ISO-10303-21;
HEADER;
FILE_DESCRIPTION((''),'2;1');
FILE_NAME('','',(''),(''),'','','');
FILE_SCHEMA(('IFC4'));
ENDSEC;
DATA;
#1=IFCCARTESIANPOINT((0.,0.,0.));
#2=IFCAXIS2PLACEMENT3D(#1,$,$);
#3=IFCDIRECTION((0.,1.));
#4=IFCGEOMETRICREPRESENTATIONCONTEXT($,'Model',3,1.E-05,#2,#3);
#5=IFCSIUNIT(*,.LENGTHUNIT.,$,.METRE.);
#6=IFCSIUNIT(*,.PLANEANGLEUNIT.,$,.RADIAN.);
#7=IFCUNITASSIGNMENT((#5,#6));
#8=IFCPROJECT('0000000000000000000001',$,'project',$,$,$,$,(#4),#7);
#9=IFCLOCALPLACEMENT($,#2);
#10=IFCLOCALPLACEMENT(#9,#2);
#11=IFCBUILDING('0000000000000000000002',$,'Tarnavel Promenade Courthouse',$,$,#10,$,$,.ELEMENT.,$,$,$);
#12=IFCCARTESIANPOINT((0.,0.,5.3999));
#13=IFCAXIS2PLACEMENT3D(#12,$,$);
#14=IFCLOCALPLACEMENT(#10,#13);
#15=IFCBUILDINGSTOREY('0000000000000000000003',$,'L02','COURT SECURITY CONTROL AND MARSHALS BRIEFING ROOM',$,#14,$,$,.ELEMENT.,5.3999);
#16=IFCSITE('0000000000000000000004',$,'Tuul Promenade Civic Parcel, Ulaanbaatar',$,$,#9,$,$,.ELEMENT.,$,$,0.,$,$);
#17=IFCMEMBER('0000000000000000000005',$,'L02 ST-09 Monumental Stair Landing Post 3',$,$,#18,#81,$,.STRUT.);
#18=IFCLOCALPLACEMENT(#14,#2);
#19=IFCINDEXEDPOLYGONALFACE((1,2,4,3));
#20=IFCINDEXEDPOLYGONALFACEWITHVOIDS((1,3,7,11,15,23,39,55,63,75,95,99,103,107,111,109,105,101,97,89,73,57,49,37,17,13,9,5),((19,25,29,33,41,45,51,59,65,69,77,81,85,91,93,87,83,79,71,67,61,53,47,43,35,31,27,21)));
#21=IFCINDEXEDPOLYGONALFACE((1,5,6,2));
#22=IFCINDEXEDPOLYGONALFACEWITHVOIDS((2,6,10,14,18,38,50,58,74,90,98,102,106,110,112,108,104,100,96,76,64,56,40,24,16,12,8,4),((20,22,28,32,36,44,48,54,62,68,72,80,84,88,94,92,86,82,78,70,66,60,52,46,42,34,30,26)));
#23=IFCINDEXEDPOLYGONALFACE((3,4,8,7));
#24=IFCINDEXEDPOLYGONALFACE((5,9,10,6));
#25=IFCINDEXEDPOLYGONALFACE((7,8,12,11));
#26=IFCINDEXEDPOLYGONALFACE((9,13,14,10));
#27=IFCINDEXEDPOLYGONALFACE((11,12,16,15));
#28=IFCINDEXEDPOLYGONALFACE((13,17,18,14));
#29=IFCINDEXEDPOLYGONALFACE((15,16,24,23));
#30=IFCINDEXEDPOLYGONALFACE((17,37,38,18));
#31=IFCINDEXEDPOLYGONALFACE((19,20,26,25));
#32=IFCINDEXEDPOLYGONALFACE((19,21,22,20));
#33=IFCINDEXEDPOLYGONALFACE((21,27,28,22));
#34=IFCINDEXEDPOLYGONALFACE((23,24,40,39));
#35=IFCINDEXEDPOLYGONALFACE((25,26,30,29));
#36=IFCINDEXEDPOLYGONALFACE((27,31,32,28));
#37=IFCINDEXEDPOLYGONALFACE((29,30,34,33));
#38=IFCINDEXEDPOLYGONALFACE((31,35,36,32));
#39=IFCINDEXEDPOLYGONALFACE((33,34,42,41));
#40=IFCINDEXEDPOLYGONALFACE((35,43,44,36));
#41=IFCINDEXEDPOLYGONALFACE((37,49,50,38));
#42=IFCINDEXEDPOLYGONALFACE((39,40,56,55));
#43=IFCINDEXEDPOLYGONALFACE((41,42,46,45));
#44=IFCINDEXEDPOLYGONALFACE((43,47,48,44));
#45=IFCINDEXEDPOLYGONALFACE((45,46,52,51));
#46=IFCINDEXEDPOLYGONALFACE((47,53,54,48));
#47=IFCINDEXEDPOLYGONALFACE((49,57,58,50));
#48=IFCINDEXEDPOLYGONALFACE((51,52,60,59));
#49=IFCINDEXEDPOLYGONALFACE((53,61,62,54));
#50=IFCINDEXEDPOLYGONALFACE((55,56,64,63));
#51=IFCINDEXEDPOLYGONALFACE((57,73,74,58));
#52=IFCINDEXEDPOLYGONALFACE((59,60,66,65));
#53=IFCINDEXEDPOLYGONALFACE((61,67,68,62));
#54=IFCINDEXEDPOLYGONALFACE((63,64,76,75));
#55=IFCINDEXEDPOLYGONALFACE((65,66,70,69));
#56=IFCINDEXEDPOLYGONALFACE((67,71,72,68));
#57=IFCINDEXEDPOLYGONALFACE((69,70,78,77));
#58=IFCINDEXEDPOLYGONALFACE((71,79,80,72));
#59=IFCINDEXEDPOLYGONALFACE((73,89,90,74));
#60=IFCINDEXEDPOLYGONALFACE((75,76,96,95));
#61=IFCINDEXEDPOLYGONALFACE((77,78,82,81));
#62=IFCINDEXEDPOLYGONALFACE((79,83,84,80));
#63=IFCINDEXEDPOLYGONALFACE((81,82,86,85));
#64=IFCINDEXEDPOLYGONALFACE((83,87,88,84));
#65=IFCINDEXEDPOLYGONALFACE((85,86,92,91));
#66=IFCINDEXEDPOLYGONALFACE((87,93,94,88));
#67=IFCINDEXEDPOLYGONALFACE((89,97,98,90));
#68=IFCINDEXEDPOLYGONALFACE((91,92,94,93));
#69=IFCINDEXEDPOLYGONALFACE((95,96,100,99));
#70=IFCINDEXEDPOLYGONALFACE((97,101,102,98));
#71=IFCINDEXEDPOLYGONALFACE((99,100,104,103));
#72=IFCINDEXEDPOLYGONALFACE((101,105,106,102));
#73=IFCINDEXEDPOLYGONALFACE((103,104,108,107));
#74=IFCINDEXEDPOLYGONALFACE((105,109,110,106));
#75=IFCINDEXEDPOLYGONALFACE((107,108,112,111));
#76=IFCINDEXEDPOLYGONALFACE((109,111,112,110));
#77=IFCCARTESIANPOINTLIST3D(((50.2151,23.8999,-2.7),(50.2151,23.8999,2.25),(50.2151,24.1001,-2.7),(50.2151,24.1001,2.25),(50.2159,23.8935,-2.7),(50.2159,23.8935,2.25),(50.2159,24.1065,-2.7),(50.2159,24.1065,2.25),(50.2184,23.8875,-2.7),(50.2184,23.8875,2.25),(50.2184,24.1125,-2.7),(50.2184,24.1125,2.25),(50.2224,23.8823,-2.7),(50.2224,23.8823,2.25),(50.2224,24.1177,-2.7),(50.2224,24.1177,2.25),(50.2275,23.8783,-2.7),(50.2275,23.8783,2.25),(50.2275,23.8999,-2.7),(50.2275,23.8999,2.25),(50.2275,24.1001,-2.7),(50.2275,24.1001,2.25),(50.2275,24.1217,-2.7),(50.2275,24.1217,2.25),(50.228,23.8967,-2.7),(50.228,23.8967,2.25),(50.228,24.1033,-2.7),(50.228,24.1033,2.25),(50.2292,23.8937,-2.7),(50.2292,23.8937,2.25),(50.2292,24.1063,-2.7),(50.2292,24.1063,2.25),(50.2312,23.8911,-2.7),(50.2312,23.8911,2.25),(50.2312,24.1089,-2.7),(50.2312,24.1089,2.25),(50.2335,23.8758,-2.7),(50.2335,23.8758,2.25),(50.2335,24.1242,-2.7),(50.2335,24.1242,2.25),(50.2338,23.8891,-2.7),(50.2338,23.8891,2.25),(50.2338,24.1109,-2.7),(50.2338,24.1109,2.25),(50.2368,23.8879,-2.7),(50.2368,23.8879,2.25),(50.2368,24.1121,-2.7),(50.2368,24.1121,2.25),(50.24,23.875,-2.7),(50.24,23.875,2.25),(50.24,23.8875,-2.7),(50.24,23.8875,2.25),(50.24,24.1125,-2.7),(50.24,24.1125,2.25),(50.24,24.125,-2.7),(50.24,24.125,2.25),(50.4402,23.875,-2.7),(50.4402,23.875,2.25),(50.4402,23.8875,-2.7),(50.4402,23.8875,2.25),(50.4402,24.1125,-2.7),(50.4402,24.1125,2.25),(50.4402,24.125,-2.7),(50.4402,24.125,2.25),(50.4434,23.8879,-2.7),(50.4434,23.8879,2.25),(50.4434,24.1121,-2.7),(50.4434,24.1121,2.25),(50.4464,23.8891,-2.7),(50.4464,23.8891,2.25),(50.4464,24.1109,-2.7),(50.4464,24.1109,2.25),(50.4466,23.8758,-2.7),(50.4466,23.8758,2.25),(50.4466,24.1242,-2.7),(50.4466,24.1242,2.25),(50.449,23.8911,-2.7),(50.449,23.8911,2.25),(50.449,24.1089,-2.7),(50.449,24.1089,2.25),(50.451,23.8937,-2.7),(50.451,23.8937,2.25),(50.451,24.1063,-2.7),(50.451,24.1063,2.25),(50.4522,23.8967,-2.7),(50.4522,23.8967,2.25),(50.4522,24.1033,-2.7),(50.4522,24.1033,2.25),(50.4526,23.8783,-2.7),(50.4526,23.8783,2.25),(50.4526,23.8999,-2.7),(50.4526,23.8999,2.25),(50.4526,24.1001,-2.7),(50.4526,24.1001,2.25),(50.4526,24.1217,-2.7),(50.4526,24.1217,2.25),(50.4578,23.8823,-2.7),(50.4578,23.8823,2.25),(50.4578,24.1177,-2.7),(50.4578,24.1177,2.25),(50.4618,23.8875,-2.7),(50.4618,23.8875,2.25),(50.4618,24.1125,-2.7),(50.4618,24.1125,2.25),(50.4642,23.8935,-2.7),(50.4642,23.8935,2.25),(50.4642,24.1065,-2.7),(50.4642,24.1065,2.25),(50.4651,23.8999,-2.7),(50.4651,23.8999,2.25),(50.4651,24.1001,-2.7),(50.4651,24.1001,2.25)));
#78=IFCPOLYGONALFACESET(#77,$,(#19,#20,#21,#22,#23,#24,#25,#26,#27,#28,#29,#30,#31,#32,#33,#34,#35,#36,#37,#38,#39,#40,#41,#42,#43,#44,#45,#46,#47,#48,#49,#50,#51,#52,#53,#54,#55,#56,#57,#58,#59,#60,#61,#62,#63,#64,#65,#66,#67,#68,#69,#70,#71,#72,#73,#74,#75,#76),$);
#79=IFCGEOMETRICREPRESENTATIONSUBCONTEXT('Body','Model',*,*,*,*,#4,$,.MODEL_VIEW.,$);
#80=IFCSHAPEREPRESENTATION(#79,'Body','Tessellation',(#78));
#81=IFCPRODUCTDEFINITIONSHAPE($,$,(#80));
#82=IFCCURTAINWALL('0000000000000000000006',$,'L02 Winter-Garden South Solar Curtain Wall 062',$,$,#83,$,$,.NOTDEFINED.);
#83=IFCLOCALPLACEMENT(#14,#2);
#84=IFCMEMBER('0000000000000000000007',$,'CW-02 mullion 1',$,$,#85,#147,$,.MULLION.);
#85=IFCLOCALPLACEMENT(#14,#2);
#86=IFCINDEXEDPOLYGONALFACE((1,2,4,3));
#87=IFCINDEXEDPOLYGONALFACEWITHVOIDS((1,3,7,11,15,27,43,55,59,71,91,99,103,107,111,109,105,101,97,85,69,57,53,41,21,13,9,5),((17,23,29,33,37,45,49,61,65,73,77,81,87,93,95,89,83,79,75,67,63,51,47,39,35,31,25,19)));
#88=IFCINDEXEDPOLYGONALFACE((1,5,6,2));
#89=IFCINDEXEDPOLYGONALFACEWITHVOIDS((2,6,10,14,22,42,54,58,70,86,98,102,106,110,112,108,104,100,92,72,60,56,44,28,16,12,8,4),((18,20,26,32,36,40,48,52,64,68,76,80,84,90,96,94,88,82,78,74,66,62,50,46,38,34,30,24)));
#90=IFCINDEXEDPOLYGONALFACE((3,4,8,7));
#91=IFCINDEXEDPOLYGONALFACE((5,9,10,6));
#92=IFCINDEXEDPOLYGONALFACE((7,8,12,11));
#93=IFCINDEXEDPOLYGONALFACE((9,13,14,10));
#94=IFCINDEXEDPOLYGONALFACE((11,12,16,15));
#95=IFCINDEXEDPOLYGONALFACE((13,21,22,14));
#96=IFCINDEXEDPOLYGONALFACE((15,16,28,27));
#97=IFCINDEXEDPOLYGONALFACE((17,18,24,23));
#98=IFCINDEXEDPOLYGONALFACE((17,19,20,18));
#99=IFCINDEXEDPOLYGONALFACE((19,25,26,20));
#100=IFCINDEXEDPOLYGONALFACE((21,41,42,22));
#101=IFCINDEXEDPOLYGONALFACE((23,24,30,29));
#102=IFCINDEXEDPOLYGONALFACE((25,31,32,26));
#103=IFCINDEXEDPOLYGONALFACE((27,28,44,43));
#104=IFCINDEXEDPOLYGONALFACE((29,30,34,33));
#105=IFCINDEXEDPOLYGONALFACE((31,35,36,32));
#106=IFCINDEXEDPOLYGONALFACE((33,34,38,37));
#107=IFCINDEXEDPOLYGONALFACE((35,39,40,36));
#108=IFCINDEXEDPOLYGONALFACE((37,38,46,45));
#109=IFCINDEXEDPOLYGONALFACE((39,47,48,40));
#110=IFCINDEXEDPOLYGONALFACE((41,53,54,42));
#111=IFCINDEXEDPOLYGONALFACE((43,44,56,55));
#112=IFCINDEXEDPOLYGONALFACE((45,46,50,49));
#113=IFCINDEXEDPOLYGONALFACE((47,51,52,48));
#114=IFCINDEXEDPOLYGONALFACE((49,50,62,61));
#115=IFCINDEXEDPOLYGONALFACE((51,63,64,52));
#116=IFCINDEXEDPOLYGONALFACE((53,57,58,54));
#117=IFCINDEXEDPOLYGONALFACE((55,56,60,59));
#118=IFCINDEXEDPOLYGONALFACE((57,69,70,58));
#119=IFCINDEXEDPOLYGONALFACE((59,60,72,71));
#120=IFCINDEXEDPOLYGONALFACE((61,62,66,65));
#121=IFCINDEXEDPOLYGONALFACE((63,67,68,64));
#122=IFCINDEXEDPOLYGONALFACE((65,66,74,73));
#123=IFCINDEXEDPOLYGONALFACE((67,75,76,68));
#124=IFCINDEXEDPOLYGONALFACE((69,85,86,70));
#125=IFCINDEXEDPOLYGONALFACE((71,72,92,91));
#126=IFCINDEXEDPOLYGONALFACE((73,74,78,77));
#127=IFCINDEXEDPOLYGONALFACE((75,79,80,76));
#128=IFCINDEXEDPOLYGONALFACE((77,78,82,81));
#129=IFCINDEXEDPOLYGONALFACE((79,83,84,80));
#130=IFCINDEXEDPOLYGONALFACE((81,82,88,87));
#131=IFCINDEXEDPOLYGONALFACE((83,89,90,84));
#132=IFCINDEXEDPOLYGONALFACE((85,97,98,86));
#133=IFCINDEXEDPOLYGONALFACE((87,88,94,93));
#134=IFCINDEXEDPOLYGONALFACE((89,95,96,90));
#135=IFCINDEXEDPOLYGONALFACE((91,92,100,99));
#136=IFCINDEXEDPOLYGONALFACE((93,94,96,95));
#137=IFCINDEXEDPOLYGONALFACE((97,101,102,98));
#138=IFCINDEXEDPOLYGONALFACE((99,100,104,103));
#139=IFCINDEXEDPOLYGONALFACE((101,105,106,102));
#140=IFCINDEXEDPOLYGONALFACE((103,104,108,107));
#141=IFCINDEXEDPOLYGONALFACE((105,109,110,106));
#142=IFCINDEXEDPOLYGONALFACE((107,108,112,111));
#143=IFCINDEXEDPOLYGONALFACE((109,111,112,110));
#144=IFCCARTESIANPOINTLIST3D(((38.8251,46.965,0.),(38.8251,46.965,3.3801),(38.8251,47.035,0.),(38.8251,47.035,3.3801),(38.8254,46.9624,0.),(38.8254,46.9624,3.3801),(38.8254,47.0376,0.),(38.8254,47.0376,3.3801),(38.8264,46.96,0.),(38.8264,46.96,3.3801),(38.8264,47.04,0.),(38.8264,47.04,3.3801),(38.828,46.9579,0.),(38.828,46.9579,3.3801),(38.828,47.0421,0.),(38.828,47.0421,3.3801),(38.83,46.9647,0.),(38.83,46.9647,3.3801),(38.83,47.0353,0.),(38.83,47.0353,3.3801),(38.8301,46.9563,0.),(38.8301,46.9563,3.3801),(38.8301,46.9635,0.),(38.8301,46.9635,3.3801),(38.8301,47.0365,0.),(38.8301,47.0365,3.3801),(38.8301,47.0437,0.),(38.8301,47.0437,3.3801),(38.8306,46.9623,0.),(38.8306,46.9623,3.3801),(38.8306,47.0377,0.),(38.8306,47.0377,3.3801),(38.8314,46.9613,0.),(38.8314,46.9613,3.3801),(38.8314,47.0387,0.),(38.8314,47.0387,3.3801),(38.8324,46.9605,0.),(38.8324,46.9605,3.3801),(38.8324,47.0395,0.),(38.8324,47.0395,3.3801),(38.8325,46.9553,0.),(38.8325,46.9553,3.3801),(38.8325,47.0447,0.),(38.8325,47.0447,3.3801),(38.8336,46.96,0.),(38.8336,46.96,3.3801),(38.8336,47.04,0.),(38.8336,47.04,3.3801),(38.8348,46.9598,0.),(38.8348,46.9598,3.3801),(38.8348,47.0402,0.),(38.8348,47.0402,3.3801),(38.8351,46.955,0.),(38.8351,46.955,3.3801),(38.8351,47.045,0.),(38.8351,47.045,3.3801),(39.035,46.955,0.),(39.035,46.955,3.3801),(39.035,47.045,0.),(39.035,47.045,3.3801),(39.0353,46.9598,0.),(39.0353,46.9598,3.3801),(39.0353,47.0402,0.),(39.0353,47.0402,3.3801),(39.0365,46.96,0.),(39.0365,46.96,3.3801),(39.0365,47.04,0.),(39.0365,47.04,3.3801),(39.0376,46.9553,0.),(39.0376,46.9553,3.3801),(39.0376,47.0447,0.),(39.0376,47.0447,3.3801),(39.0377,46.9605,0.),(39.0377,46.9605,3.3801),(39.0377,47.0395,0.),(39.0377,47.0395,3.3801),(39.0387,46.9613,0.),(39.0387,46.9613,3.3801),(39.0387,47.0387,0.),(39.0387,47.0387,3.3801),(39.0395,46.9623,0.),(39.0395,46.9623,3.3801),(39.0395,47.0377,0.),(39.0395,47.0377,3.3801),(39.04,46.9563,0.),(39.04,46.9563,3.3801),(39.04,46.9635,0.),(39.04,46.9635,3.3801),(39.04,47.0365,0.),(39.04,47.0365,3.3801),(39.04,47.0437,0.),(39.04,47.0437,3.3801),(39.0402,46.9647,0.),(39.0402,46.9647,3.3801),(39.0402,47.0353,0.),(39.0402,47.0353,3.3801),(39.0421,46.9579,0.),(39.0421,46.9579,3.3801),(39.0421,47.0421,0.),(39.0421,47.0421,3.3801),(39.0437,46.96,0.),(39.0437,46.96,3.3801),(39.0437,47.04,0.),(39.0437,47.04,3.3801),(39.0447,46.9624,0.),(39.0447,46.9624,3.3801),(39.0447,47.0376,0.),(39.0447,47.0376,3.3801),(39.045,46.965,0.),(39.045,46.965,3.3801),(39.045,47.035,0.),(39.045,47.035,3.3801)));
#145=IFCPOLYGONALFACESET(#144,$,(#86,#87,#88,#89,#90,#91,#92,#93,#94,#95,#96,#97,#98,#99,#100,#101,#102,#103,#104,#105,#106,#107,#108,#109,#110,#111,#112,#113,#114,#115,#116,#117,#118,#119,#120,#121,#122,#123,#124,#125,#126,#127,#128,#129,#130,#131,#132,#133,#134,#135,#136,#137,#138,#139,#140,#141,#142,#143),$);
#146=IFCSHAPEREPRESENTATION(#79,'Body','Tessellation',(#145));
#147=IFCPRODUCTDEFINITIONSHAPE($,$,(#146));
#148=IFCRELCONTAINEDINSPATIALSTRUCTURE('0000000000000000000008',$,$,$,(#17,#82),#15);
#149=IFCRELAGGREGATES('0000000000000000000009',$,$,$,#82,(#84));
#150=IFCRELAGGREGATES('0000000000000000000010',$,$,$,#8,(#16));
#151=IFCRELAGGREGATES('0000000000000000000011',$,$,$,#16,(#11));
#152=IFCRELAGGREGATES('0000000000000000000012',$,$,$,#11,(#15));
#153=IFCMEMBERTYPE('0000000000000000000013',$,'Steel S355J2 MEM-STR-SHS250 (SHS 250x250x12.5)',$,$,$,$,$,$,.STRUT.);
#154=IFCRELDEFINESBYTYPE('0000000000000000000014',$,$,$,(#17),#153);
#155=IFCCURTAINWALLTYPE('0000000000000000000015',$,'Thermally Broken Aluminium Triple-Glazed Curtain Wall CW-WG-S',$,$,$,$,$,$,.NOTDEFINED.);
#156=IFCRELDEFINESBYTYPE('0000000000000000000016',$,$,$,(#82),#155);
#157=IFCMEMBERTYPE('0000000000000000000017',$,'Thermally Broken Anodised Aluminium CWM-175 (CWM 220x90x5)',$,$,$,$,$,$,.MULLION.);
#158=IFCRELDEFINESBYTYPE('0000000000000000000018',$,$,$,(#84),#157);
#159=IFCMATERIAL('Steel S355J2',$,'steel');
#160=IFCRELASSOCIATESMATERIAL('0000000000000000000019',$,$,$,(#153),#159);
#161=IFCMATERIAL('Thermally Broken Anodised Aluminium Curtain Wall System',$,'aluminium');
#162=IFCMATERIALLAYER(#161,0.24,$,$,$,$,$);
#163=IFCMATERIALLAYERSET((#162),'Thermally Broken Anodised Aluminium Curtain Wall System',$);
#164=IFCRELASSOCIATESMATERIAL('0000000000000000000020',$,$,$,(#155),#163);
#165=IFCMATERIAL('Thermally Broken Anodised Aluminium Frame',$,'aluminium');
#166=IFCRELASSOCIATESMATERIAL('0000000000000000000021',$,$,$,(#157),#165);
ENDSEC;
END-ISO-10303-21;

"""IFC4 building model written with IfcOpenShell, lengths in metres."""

from ifc_helpers import new_model, si_unit, direction, frame, origin, origin_2d, place, context, subcontext, project, spatial, hollow_rectangle, extrude, material, layer, layer_set, material_profile, profile_set, type_object, element, aggregate, save


model = new_model("IFC4")

# Units and contexts
model_context = context("Model", 3, precision=1e-05, world=origin(), true_north=direction((0.0, 1.0)))
body_context = subcontext(model_context, "Body", "Model", "MODEL_VIEW")
ifc_project = project(units=[si_unit("LENGTHUNIT", "METRE"), si_unit("PLANEANGLEUNIT", "RADIAN")], contexts=[model_context])

# Site, building, storey
site_placement = place(None, origin())
site = spatial("IfcSite", under=ifc_project, at=site_placement, Name="Tuul Promenade Civic Parcel, Ulaanbaatar", CompositionType="ELEMENT", RefElevation=0.0)
building_placement = place(site_placement, origin())
building = spatial("IfcBuilding", under=site, at=building_placement, Name="Tarnavel Promenade Courthouse", CompositionType="ELEMENT")
storey_placement = place(building_placement, frame((0.0, 0.0, 5.3999)))
storey = spatial("IfcBuildingStorey", under=building, at=storey_placement, Name="L02", Description="COURT SECURITY CONTROL AND MARSHALS BRIEFING ROOM", CompositionType="ELEMENT", Elevation=5.3999)

# Member
ifc_material_1 = material(Name="Steel S355J2", Category="steel")
ifc_material_profile_1 = material_profile(ifc_material_1, hollow_rectangle(XDim=0.25, YDim=0.25, WallThickness=0.0125, InnerFilletRadius=0.0125, OuterFilletRadius=0.0249, at=origin_2d()), Name="SHS 250x250x12.5")
ifc_profile_set_1 = profile_set([ifc_material_profile_1], Name="Steel S355J2")
member_type_1 = type_object("IfcMemberType", Name="Steel S355J2 MEM-STR-SHS250 (SHS 250x250x12.5)", PredefinedType="STRUT", material=ifc_profile_set_1)
member_1_placement = place(storey_placement, frame((50.3401, 24.0, -2.7), z_axis=(0.0, 0.0, 1.0), x_axis=(1.0, 0.0, 0.0)))
element("IfcMember", 1, at=member_1_placement, inside=storey, type_object=member_type_1, Name="L02 ST-09 Monumental Stair Landing Post 3", PredefinedType="STRUT", context=body_context, shape_type="SweptSolid", body=[
    extrude(hollow_rectangle(XDim=0.25, YDim=0.25, WallThickness=0.0125, InnerFilletRadius=0.0125, OuterFilletRadius=0.0249, at=origin_2d()), origin(), (0.0, 0.0, 1.0), 4.95),
])

# Curtain wall, member
ifc_material_2 = material(Name="Thermally Broken Anodised Aluminium Curtain Wall System", Category="aluminium")
ifc_layer_1 = layer(ifc_material_2, 0.24)
ifc_layer_set_1 = layer_set([ifc_layer_1], Name="Thermally Broken Anodised Aluminium Curtain Wall System")
curtain_wall_type = type_object("IfcCurtainWallType", Name="Thermally Broken Aluminium Triple-Glazed Curtain Wall CW-WG-S", PredefinedType="NOTDEFINED", material=ifc_layer_set_1)
curtain_wall_placement = place(storey_placement, origin())
curtain_wall = element("IfcCurtainWall", 2, at=curtain_wall_placement, inside=storey, type_object=curtain_wall_type, Name="L02 Winter-Garden South Solar Curtain Wall 062", PredefinedType="NOTDEFINED")
ifc_material_3 = material(Name="Thermally Broken Anodised Aluminium Frame", Category="aluminium")
ifc_material_profile_2 = material_profile(ifc_material_3, hollow_rectangle(XDim=0.0901, YDim=0.22, WallThickness=0.0049, InnerFilletRadius=0.0049, OuterFilletRadius=0.01, at=origin_2d()), Name="CWM 220x90x5")
ifc_profile_set_2 = profile_set([ifc_material_profile_2], Name="Thermally Broken Anodised Aluminium Frame")
member_type_2 = type_object("IfcMemberType", Name="Thermally Broken Anodised Aluminium CWM-175 (CWM 220x90x5)", PredefinedType="MULLION", material=ifc_profile_set_2)
member_2_placement = place(storey_placement, frame((38.9351, 47.0, 0.0), z_axis=(0.0, 0.0, 1.0), x_axis=(0.0, 1.0, 0.0)))
member_2 = element("IfcMember", 3, at=member_2_placement, type_object=member_type_2, Name="CW-02 mullion 1", PredefinedType="MULLION", context=body_context, shape_type="SweptSolid", body=[
    extrude(hollow_rectangle(XDim=0.0901, YDim=0.22, WallThickness=0.0049, InnerFilletRadius=0.0049, OuterFilletRadius=0.01, at=origin_2d()), origin(), (0.0, 0.0, 1.0), 3.3801),
])
aggregate(curtain_wall, [member_2])

save(model, "model.ifc")
